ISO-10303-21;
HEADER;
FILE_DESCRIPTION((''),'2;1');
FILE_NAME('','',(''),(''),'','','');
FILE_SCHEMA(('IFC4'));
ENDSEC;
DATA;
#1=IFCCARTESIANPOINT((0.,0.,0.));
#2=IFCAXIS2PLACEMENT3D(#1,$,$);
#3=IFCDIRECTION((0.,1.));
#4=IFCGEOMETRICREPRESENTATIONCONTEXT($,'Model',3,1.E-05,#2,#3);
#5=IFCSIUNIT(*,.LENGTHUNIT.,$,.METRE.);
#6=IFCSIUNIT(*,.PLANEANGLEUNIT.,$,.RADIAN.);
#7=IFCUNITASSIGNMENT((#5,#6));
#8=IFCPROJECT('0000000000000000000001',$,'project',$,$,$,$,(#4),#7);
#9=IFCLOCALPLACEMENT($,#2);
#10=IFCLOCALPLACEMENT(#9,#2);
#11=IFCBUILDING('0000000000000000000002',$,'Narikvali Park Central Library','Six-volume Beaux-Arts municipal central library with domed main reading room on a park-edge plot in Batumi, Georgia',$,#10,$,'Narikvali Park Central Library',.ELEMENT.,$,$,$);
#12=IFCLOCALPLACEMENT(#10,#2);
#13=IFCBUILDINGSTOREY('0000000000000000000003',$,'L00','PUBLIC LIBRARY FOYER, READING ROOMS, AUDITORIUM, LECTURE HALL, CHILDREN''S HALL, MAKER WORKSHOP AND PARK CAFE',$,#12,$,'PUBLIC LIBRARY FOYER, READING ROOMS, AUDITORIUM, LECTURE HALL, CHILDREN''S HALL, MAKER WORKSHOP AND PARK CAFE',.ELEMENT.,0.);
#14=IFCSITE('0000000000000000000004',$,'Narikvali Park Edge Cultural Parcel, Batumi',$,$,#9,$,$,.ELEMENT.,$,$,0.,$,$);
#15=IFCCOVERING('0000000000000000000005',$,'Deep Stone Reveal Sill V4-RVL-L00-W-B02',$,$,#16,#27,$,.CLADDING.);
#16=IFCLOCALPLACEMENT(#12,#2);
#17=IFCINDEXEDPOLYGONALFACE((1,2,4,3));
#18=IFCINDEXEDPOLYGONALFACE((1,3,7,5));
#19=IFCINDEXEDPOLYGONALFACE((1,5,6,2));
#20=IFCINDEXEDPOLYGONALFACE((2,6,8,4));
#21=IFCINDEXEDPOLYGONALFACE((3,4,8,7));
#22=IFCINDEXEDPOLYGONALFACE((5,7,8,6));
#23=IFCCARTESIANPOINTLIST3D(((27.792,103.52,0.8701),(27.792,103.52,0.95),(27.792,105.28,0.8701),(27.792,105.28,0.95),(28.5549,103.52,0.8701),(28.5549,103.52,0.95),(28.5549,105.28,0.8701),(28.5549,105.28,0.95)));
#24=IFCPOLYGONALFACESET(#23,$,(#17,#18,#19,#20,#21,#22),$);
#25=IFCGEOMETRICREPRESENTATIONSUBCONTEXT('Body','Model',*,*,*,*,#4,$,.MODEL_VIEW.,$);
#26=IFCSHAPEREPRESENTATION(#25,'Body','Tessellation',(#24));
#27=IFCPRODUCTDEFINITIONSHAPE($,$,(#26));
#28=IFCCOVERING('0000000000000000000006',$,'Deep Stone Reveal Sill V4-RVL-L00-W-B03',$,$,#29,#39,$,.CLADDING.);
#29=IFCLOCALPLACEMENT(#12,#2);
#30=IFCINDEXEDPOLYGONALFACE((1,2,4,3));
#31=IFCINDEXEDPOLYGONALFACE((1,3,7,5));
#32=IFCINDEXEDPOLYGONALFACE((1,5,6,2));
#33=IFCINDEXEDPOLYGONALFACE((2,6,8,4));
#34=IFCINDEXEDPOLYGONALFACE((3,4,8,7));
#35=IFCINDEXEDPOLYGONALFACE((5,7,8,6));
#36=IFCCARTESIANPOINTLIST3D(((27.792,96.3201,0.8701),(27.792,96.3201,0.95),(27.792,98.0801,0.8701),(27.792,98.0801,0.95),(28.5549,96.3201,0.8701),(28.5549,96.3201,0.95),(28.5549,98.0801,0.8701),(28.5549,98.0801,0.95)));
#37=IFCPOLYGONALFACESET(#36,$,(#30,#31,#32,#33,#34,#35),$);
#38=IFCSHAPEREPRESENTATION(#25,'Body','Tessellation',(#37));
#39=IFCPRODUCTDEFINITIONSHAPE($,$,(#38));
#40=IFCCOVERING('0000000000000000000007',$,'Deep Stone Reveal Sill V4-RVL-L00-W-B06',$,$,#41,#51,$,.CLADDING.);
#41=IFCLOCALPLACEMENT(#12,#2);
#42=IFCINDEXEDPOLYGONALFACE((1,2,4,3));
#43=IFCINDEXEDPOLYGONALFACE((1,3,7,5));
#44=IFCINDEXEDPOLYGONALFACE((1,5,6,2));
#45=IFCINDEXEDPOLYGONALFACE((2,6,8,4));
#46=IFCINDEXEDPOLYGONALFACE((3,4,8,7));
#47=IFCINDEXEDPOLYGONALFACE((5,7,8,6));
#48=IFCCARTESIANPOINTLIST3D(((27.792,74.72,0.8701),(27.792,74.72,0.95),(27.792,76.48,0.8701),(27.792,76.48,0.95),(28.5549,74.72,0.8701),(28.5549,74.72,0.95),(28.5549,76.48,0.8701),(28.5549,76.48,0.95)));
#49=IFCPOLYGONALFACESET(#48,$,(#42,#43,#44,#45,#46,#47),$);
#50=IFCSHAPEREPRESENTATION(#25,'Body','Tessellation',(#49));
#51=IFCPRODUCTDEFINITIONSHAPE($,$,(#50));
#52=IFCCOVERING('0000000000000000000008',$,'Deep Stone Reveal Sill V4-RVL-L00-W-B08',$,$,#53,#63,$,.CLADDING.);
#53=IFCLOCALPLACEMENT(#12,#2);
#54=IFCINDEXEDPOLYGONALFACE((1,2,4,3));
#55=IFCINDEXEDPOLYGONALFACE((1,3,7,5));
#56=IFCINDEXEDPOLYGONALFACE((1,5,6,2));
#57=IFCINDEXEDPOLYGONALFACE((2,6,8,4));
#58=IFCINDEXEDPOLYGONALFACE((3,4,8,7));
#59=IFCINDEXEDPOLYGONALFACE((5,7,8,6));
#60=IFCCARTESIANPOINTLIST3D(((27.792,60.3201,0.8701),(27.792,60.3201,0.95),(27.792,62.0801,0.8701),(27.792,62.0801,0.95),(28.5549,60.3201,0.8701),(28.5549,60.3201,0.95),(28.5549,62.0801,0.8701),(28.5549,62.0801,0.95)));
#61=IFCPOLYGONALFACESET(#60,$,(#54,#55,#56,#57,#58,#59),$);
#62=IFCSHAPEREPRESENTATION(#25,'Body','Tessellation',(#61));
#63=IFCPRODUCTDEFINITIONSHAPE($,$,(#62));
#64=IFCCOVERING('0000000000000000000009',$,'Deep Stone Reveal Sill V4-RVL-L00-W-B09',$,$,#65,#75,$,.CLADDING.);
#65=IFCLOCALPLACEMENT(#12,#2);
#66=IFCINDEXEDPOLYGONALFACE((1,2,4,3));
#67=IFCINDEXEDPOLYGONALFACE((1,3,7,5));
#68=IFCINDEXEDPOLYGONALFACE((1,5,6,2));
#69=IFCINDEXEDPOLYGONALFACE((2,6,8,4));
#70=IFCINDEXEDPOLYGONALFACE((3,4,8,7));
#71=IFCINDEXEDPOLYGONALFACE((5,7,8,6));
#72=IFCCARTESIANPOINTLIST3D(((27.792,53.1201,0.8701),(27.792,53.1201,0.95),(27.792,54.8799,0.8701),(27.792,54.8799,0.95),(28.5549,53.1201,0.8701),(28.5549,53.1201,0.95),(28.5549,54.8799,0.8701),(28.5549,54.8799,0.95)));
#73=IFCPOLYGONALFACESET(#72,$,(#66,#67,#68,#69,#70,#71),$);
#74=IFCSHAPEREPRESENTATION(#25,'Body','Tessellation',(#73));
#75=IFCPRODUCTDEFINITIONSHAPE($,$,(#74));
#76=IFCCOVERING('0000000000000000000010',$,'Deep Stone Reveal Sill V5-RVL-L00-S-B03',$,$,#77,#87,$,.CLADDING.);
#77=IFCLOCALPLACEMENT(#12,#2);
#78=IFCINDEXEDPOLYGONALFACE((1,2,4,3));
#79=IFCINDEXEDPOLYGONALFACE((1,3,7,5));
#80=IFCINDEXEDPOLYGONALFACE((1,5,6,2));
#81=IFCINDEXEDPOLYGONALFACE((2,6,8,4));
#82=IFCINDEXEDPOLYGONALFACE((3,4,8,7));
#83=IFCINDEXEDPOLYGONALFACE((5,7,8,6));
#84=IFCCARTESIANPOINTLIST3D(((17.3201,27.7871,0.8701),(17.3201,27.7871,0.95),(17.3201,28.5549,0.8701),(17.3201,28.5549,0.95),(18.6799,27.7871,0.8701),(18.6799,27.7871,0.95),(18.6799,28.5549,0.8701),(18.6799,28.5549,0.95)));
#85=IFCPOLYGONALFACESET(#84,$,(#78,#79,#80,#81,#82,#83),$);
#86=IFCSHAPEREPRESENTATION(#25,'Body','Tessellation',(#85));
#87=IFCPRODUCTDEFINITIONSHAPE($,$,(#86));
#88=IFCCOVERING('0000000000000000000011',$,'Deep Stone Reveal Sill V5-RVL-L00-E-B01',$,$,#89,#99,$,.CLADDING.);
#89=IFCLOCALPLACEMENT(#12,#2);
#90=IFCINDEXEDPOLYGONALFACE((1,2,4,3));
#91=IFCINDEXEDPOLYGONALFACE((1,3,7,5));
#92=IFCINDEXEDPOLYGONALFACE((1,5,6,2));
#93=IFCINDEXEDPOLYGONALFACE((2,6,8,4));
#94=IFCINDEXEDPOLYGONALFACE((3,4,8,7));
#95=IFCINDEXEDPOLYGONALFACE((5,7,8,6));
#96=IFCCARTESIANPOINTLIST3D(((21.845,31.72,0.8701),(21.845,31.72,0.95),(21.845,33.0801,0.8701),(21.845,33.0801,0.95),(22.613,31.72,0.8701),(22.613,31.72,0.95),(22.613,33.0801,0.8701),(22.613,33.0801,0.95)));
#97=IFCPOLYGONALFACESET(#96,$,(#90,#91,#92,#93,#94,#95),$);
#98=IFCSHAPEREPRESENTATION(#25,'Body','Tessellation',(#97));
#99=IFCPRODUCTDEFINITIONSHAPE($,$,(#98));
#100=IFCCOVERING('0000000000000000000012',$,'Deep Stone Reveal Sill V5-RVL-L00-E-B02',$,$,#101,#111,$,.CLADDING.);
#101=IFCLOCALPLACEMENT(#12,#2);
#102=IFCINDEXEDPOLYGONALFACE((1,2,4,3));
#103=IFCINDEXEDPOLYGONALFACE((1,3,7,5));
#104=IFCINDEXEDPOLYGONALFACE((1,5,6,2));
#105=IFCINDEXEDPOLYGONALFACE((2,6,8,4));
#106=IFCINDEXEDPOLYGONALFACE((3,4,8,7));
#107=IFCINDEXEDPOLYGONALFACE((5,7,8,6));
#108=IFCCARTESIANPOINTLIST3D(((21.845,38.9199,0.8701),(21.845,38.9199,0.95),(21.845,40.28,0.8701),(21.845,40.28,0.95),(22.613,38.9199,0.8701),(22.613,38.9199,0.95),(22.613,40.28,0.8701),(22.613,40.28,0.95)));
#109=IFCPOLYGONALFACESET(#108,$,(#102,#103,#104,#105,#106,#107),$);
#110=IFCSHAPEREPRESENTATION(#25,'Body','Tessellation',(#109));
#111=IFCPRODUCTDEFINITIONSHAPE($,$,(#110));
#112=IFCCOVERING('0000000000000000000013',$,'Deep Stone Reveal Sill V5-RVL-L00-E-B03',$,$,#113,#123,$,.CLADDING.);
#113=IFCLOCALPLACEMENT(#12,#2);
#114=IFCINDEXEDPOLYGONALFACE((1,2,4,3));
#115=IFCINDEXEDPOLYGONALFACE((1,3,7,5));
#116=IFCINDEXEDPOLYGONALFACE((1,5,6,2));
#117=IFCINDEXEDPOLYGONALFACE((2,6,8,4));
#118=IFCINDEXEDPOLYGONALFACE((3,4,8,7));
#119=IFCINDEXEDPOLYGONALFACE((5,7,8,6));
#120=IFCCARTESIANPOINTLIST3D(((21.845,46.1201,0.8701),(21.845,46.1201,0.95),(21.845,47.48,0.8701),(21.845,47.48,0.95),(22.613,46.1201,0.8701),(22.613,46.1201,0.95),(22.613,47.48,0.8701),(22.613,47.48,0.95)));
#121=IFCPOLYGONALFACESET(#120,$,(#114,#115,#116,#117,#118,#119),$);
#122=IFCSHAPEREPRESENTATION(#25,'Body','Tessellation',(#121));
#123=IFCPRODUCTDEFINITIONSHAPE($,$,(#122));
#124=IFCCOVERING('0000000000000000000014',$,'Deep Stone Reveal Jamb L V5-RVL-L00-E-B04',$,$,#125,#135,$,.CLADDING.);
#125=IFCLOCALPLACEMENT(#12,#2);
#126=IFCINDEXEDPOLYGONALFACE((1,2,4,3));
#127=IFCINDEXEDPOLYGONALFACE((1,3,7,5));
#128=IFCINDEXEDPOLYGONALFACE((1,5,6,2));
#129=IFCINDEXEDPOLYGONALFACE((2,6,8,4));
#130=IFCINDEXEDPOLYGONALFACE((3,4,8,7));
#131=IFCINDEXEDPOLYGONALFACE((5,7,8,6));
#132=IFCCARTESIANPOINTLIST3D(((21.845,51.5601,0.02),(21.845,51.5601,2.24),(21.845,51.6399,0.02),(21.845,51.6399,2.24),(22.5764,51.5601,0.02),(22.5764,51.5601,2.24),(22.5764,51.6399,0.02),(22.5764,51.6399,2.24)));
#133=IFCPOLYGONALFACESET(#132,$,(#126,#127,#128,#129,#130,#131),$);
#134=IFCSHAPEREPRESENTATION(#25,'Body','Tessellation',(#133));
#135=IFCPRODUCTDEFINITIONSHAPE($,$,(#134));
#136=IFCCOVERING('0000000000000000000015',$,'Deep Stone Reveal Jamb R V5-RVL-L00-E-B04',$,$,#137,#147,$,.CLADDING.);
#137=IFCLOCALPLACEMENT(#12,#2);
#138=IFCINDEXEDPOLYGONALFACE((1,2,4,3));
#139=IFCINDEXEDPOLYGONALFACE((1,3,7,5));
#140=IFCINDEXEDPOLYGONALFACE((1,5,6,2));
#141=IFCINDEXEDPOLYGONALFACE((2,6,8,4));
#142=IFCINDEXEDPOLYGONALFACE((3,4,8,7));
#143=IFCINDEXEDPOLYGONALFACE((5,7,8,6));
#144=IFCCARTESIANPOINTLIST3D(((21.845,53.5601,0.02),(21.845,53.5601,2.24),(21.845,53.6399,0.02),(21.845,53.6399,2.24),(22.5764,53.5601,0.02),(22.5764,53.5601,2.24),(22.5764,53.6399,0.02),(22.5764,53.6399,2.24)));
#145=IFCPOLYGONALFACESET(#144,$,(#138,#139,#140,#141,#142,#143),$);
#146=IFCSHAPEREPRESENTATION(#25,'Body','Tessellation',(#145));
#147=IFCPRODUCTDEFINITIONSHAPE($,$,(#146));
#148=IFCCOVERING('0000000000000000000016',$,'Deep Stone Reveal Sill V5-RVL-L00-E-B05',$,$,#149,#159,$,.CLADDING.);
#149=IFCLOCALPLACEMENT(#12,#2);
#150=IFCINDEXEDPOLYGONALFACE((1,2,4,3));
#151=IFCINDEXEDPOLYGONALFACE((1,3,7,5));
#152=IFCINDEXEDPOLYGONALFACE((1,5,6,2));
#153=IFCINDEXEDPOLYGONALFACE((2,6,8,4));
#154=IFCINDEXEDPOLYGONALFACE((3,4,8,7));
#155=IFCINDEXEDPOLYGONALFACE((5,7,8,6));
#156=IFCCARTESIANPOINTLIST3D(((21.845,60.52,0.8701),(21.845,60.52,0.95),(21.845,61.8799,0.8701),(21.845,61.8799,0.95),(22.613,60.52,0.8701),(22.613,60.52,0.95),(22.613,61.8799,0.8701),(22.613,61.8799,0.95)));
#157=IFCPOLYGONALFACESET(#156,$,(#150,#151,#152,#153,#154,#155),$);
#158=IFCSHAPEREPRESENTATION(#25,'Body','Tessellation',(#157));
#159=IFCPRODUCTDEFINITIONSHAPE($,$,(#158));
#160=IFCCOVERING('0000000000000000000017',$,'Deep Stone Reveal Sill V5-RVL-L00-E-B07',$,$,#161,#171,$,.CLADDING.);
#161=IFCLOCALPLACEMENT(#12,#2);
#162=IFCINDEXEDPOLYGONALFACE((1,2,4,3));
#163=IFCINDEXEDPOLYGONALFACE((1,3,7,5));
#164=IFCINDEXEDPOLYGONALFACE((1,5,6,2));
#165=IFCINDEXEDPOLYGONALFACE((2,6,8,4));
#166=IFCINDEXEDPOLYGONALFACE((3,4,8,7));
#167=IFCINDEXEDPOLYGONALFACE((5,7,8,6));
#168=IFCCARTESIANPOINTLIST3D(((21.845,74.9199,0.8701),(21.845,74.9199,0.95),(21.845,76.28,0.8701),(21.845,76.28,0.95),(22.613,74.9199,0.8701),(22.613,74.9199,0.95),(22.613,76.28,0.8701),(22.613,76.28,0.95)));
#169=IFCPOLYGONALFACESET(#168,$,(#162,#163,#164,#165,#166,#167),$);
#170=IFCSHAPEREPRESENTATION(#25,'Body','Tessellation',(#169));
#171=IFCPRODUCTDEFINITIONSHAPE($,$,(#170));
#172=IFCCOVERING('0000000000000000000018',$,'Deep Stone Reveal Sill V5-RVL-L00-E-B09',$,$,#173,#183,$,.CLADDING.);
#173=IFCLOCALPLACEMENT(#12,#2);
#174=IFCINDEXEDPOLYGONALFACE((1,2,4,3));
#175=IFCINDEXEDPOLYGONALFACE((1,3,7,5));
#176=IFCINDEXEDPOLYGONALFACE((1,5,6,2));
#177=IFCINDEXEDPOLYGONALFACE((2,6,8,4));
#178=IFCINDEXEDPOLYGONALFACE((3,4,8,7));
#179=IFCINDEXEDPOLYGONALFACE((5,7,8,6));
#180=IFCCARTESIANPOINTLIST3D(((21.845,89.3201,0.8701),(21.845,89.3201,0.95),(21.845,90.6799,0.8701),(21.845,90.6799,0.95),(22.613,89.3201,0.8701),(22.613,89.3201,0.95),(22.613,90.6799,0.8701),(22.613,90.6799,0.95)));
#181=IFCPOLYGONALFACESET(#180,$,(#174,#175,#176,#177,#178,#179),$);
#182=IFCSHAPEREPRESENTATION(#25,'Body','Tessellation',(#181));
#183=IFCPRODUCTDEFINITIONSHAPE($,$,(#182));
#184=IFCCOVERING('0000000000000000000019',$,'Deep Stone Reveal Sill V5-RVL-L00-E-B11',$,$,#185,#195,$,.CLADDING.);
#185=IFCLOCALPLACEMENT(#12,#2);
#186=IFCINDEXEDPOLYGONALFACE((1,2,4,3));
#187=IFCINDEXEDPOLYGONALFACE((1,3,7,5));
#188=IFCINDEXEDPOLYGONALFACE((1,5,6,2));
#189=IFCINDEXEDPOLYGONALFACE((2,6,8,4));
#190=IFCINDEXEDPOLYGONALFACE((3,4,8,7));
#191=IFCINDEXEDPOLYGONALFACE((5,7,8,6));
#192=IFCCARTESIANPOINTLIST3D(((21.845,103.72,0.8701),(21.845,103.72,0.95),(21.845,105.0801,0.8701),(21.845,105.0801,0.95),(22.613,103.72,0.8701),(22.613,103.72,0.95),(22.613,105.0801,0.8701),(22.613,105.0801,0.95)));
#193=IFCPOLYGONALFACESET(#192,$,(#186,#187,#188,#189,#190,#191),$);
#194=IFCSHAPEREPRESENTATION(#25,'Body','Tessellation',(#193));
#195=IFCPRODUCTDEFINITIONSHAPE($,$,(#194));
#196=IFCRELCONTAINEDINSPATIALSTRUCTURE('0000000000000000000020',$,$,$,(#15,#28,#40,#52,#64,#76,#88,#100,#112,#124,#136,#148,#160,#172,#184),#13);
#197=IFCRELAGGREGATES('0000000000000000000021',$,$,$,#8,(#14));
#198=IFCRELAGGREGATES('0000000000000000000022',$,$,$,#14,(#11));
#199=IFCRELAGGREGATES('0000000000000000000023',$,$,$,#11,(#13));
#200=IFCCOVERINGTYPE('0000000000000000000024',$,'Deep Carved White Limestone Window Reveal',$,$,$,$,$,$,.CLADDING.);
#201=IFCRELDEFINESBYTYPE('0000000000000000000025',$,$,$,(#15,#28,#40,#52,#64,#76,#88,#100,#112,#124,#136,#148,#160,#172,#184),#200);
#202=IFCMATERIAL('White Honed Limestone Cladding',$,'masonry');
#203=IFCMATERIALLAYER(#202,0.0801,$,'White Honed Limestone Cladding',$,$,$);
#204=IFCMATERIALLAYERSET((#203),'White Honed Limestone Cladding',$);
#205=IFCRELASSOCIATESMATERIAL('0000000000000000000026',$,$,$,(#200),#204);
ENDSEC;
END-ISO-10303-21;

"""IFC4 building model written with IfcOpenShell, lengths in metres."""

from ifc_helpers import new_model, si_unit, direction, frame, origin, place, context, subcontext, project, spatial, polyline, outline, extrude, material, layer, layer_set, type_object, element, save


model = new_model("IFC4")

# Units and contexts
model_context = context("Model", 3, precision=1e-05, world=origin(), true_north=direction((0.0, 1.0)))
body_context = subcontext(model_context, "Body", "Model", "MODEL_VIEW")
ifc_project = project(units=[si_unit("LENGTHUNIT", "METRE"), si_unit("PLANEANGLEUNIT", "RADIAN")], contexts=[model_context])

# Site, building, storey
site_placement = place(None, origin())
site = spatial("IfcSite", under=ifc_project, at=site_placement, Name="Narikvali Park Edge Cultural Parcel, Batumi", CompositionType="ELEMENT", RefElevation=0.0)
building_placement = place(site_placement, origin())
building = spatial("IfcBuilding", under=site, at=building_placement, Name="Narikvali Park Central Library", Description="Six-volume Beaux-Arts municipal central library with domed main reading room on a park-edge plot in Batumi, Georgia", LongName="Narikvali Park Central Library", CompositionType="ELEMENT")
storey_placement = place(building_placement, origin())
storey = spatial("IfcBuildingStorey", under=building, at=storey_placement, Name="L00", Description="PUBLIC LIBRARY FOYER, READING ROOMS, AUDITORIUM, LECTURE HALL, CHILDREN'S HALL, MAKER WORKSHOP AND PARK CAFE", LongName="PUBLIC LIBRARY FOYER, READING ROOMS, AUDITORIUM, LECTURE HALL, CHILDREN'S HALL, MAKER WORKSHOP AND PARK CAFE", CompositionType="ELEMENT", Elevation=0.0)

# Coverings
ifc_material = material(Name="White Honed Limestone Cladding", Category="masonry")
ifc_layer = layer(ifc_material, 0.0801, Name="White Honed Limestone Cladding")
ifc_layer_set = layer_set([ifc_layer], Name="White Honed Limestone Cladding")
covering_type = type_object("IfcCoveringType", Name="Deep Carved White Limestone Window Reveal", PredefinedType="CLADDING", material=ifc_layer_set)
covering_1_placement = place(storey_placement, frame((0.0, 0.0, 0.8701)))
element("IfcCovering", 1, at=covering_1_placement, inside=storey, type_object=covering_type, Name="Deep Stone Reveal Sill V4-RVL-L00-W-B02", PredefinedType="CLADDING", context=body_context, shape_type="SweptSolid", body=[
    extrude(outline(polyline([(28.5549, 105.28), (28.5549, 103.52), (27.792, 103.52), (27.792, 105.28), (28.5549, 105.28)])), origin(), (0.0, 0.0, 1.0), 0.0798),
])
covering_2_placement = place(storey_placement, frame((0.0, 0.0, 0.8701)))
element("IfcCovering", 2, at=covering_2_placement, inside=storey, type_object=covering_type, Name="Deep Stone Reveal Sill V4-RVL-L00-W-B03", PredefinedType="CLADDING", context=body_context, shape_type="SweptSolid", body=[
    extrude(outline(polyline([(28.5549, 98.0801), (28.5549, 96.3201), (27.792, 96.3201), (27.792, 98.0801), (28.5549, 98.0801)])), origin(), (0.0, 0.0, 1.0), 0.0798),
])
covering_3_placement = place(storey_placement, frame((0.0, 0.0, 0.8701)))
element("IfcCovering", 3, at=covering_3_placement, inside=storey, type_object=covering_type, Name="Deep Stone Reveal Sill V4-RVL-L00-W-B06", PredefinedType="CLADDING", context=body_context, shape_type="SweptSolid", body=[
    extrude(outline(polyline([(28.5549, 76.48), (28.5549, 74.72), (27.792, 74.72), (27.792, 76.48), (28.5549, 76.48)])), origin(), (0.0, 0.0, 1.0), 0.0798),
])
covering_4_placement = place(storey_placement, frame((0.0, 0.0, 0.8701)))
element("IfcCovering", 4, at=covering_4_placement, inside=storey, type_object=covering_type, Name="Deep Stone Reveal Sill V4-RVL-L00-W-B08", PredefinedType="CLADDING", context=body_context, shape_type="SweptSolid", body=[
    extrude(outline(polyline([(28.5549, 62.0801), (28.5549, 60.3201), (27.792, 60.3201), (27.792, 62.0801), (28.5549, 62.0801)])), origin(), (0.0, 0.0, 1.0), 0.0798),
])
covering_5_placement = place(storey_placement, frame((0.0, 0.0, 0.8701)))
element("IfcCovering", 5, at=covering_5_placement, inside=storey, type_object=covering_type, Name="Deep Stone Reveal Sill V4-RVL-L00-W-B09", PredefinedType="CLADDING", context=body_context, shape_type="SweptSolid", body=[
    extrude(outline(polyline([(28.5549, 54.8799), (28.5549, 53.1201), (27.792, 53.1201), (27.792, 54.8799), (28.5549, 54.8799)])), origin(), (0.0, 0.0, 1.0), 0.0798),
])
covering_6_placement = place(storey_placement, frame((0.0, 0.0, 0.8701)))
element("IfcCovering", 6, at=covering_6_placement, inside=storey, type_object=covering_type, Name="Deep Stone Reveal Sill V5-RVL-L00-S-B03", PredefinedType="CLADDING", context=body_context, shape_type="SweptSolid", body=[
    extrude(outline(polyline([(17.3201, 28.5549), (18.6799, 28.5549), (18.6799, 27.7871), (17.3201, 27.7871), (17.3201, 28.5549)])), origin(), (0.0, 0.0, 1.0), 0.0798),
])
covering_7_placement = place(storey_placement, frame((0.0, 0.0, 0.8701)))
element("IfcCovering", 7, at=covering_7_placement, inside=storey, type_object=covering_type, Name="Deep Stone Reveal Sill V5-RVL-L00-E-B01", PredefinedType="CLADDING", context=body_context, shape_type="SweptSolid", body=[
    extrude(outline(polyline([(21.845, 31.72), (21.845, 33.0801), (22.613, 33.0801), (22.613, 31.72), (21.845, 31.72)])), origin(), (0.0, 0.0, 1.0), 0.0798),
])
covering_8_placement = place(storey_placement, frame((0.0, 0.0, 0.8701)))
element("IfcCovering", 8, at=covering_8_placement, inside=storey, type_object=covering_type, Name="Deep Stone Reveal Sill V5-RVL-L00-E-B02", PredefinedType="CLADDING", context=body_context, shape_type="SweptSolid", body=[
    extrude(outline(polyline([(21.845, 38.9199), (21.845, 40.28), (22.613, 40.28), (22.613, 38.9199), (21.845, 38.9199)])), origin(), (0.0, 0.0, 1.0), 0.0798),
])
covering_9_placement = place(storey_placement, frame((0.0, 0.0, 0.8701)))
element("IfcCovering", 9, at=covering_9_placement, inside=storey, type_object=covering_type, Name="Deep Stone Reveal Sill V5-RVL-L00-E-B03", PredefinedType="CLADDING", context=body_context, shape_type="SweptSolid", body=[
    extrude(outline(polyline([(21.845, 46.1201), (21.845, 47.48), (22.613, 47.48), (22.613, 46.1201), (21.845, 46.1201)])), origin(), (0.0, 0.0, 1.0), 0.0798),
])
covering_10_placement = place(storey_placement, frame((0.0, 0.0, 0.02)))
element("IfcCovering", 10, at=covering_10_placement, inside=storey, type_object=covering_type, Name="Deep Stone Reveal Jamb L V5-RVL-L00-E-B04", PredefinedType="CLADDING", context=body_context, shape_type="SweptSolid", body=[
    extrude(outline(polyline([(21.845, 51.5601), (21.845, 51.6399), (22.5764, 51.6399), (22.5764, 51.5601), (21.845, 51.5601)])), origin(), (0.0, 0.0, 1.0), 2.22),
])
covering_11_placement = place(storey_placement, frame((0.0, 0.0, 0.02)))
element("IfcCovering", 11, at=covering_11_placement, inside=storey, type_object=covering_type, Name="Deep Stone Reveal Jamb R V5-RVL-L00-E-B04", PredefinedType="CLADDING", context=body_context, shape_type="SweptSolid", body=[
    extrude(outline(polyline([(21.845, 53.5601), (21.845, 53.6399), (22.5764, 53.6399), (22.5764, 53.5601), (21.845, 53.5601)])), origin(), (0.0, 0.0, 1.0), 2.22),
])
covering_12_placement = place(storey_placement, frame((0.0, 0.0, 0.8701)))
element("IfcCovering", 12, at=covering_12_placement, inside=storey, type_object=covering_type, Name="Deep Stone Reveal Sill V5-RVL-L00-E-B05", PredefinedType="CLADDING", context=body_context, shape_type="SweptSolid", body=[
    extrude(outline(polyline([(21.845, 60.52), (21.845, 61.8799), (22.613, 61.8799), (22.613, 60.52), (21.845, 60.52)])), origin(), (0.0, 0.0, 1.0), 0.0798),
])
covering_13_placement = place(storey_placement, frame((0.0, 0.0, 0.8701)))
element("IfcCovering", 13, at=covering_13_placement, inside=storey, type_object=covering_type, Name="Deep Stone Reveal Sill V5-RVL-L00-E-B07", PredefinedType="CLADDING", context=body_context, shape_type="SweptSolid", body=[
    extrude(outline(polyline([(21.845, 74.9199), (21.845, 76.28), (22.613, 76.28), (22.613, 74.9199), (21.845, 74.9199)])), origin(), (0.0, 0.0, 1.0), 0.0798),
])
covering_14_placement = place(storey_placement, frame((0.0, 0.0, 0.8701)))
element("IfcCovering", 14, at=covering_14_placement, inside=storey, type_object=covering_type, Name="Deep Stone Reveal Sill V5-RVL-L00-E-B09", PredefinedType="CLADDING", context=body_context, shape_type="SweptSolid", body=[
    extrude(outline(polyline([(21.845, 89.3201), (21.845, 90.6799), (22.613, 90.6799), (22.613, 89.3201), (21.845, 89.3201)])), origin(), (0.0, 0.0, 1.0), 0.0798),
])
covering_15_placement = place(storey_placement, frame((0.0, 0.0, 0.8701)))
element("IfcCovering", 15, at=covering_15_placement, inside=storey, type_object=covering_type, Name="Deep Stone Reveal Sill V5-RVL-L00-E-B11", PredefinedType="CLADDING", context=body_context, shape_type="SweptSolid", body=[
    extrude(outline(polyline([(21.845, 103.72), (21.845, 105.0801), (22.613, 105.0801), (22.613, 103.72), (21.845, 103.72)])), origin(), (0.0, 0.0, 1.0), 0.0798),
])

save(model, "model.ifc")
